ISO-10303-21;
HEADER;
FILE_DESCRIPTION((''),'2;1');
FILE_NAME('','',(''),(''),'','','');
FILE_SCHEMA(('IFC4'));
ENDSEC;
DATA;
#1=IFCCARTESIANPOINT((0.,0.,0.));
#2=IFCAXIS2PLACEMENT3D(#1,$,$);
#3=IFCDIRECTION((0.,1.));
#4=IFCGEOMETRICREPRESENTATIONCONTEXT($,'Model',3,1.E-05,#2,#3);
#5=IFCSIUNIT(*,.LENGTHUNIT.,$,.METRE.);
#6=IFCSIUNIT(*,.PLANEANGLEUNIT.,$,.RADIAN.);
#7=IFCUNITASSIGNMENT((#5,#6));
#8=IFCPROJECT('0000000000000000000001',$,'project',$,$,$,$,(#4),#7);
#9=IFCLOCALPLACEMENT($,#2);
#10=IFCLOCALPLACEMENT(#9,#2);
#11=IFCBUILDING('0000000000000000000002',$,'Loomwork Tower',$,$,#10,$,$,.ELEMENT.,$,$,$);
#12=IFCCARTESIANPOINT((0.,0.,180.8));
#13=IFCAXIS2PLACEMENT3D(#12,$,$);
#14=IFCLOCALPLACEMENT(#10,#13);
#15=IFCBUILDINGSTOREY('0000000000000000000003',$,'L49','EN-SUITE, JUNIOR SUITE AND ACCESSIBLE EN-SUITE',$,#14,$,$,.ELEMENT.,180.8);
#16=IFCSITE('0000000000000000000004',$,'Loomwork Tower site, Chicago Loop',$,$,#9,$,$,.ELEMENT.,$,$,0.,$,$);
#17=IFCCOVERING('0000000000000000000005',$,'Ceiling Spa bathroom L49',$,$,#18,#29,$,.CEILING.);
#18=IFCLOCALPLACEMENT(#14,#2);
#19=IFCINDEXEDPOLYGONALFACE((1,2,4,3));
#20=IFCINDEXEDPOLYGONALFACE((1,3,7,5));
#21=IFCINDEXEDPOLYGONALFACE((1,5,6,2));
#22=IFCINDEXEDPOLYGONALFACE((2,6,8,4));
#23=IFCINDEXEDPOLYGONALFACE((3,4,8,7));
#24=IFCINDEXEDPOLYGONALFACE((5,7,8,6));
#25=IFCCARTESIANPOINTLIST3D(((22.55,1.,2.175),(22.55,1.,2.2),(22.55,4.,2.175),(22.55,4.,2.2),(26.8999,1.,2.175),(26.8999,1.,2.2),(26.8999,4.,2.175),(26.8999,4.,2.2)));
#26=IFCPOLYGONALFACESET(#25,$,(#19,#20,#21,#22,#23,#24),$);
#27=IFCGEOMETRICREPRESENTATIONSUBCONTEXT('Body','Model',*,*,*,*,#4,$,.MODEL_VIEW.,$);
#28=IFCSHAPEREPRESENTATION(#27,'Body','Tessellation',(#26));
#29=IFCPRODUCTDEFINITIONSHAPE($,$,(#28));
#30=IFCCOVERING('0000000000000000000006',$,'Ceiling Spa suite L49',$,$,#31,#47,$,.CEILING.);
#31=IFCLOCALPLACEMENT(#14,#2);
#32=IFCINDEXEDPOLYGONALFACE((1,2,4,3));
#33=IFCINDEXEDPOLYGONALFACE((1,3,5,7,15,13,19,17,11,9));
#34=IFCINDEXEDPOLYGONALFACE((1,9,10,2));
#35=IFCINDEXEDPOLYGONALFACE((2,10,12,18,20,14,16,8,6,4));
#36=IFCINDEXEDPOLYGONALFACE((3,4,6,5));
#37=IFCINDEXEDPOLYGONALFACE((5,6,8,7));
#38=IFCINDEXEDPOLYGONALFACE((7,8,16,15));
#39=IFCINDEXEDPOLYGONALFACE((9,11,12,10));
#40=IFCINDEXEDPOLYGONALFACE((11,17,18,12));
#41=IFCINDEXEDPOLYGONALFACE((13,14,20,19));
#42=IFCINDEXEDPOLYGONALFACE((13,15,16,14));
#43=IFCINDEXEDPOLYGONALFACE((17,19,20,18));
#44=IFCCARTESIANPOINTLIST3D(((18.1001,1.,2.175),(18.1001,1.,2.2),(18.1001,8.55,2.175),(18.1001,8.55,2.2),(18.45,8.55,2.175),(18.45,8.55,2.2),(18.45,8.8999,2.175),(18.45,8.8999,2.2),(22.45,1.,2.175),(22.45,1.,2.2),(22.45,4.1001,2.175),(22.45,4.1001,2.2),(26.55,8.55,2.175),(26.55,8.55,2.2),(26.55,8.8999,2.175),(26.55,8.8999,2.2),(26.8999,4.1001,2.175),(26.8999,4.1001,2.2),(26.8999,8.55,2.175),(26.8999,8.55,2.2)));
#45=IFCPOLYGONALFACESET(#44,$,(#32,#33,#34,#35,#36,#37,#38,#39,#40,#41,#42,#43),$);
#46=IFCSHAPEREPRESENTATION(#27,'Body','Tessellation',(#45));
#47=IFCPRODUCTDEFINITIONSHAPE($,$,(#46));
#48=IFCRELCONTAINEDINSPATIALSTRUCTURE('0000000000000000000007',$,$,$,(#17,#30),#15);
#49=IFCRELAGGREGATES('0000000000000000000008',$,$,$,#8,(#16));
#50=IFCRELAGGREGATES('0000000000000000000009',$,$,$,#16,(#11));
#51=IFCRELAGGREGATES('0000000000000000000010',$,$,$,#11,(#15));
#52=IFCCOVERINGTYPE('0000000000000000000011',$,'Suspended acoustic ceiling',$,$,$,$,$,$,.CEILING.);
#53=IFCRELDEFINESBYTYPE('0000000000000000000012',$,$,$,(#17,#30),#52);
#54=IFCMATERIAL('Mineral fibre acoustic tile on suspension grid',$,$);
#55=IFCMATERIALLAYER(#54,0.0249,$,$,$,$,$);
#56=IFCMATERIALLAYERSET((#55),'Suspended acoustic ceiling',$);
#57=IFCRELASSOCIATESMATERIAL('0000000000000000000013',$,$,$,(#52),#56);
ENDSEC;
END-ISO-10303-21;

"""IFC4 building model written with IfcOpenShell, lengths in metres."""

from ifc_helpers import new_model, si_unit, direction, frame, origin, place, context, subcontext, project, spatial, polyline, outline, extrude, material, layer, layer_set, type_object, element, save


model = new_model("IFC4")

# Units and contexts
model_context = context("Model", 3, precision=1e-05, world=origin(), true_north=direction((0.0, 1.0)))
body_context = subcontext(model_context, "Body", "Model", "MODEL_VIEW")
ifc_project = project(units=[si_unit("LENGTHUNIT", "METRE"), si_unit("PLANEANGLEUNIT", "RADIAN")], contexts=[model_context])

# Site, building, storey
site_placement = place(None, origin())
site = spatial("IfcSite", under=ifc_project, at=site_placement, Name="Loomwork Tower site, Chicago Loop", CompositionType="ELEMENT", RefElevation=0.0)
building_placement = place(site_placement, origin())
building = spatial("IfcBuilding", under=site, at=building_placement, Name="Loomwork Tower", CompositionType="ELEMENT")
storey_placement = place(building_placement, frame((0.0, 0.0, 180.8)))
storey = spatial("IfcBuildingStorey", under=building, at=storey_placement, Name="L49", Description="EN-SUITE, JUNIOR SUITE AND ACCESSIBLE EN-SUITE", CompositionType="ELEMENT", Elevation=180.8)

# Coverings
ifc_material_1 = material(Name="Mineral fibre acoustic tile on suspension grid")
ifc_layer_1 = layer(ifc_material_1, 0.0249)
ifc_layer_set_1 = layer_set([ifc_layer_1], Name="Suspended acoustic ceiling")
covering_type_1 = type_object("IfcCoveringType", Name="Suspended acoustic ceiling", PredefinedType="CEILING", material=ifc_layer_set_1)
covering_1_placement = place(storey_placement, frame((0.0, 0.0, 2.175)))
element("IfcCovering", 1, at=covering_1_placement, inside=storey, type_object=covering_type_1, Name="Ceiling Spa bathroom L49", PredefinedType="CEILING", context=body_context, shape_type="SweptSolid", body=[
    extrude(outline(polyline([(26.8999, 4.0), (26.8999, 1.0), (22.55, 1.0), (22.55, 4.0), (26.8999, 4.0)])), origin(), (0.0, 0.0, 1.0), 0.0249),
])
covering_2_placement = place(storey_placement, frame((0.0, 0.0, 2.175)))
element("IfcCovering", 2, at=covering_2_placement, inside=storey, type_object=covering_type_1, Name="Ceiling Spa suite L49", PredefinedType="CEILING", context=body_context, shape_type="SweptSolid", body=[
    extrude(outline(polyline([(26.55, 8.8999), (26.55, 8.55), (26.8999, 8.55), (26.8999, 4.1001), (22.45, 4.1001), (22.45, 1.0), (18.1001, 1.0), (18.1001, 8.55), (18.45, 8.55), (18.45, 8.8999), (26.55, 8.8999)])), origin(), (0.0, 0.0, 1.0), 0.0249),
])

save(model, "model.ifc")
